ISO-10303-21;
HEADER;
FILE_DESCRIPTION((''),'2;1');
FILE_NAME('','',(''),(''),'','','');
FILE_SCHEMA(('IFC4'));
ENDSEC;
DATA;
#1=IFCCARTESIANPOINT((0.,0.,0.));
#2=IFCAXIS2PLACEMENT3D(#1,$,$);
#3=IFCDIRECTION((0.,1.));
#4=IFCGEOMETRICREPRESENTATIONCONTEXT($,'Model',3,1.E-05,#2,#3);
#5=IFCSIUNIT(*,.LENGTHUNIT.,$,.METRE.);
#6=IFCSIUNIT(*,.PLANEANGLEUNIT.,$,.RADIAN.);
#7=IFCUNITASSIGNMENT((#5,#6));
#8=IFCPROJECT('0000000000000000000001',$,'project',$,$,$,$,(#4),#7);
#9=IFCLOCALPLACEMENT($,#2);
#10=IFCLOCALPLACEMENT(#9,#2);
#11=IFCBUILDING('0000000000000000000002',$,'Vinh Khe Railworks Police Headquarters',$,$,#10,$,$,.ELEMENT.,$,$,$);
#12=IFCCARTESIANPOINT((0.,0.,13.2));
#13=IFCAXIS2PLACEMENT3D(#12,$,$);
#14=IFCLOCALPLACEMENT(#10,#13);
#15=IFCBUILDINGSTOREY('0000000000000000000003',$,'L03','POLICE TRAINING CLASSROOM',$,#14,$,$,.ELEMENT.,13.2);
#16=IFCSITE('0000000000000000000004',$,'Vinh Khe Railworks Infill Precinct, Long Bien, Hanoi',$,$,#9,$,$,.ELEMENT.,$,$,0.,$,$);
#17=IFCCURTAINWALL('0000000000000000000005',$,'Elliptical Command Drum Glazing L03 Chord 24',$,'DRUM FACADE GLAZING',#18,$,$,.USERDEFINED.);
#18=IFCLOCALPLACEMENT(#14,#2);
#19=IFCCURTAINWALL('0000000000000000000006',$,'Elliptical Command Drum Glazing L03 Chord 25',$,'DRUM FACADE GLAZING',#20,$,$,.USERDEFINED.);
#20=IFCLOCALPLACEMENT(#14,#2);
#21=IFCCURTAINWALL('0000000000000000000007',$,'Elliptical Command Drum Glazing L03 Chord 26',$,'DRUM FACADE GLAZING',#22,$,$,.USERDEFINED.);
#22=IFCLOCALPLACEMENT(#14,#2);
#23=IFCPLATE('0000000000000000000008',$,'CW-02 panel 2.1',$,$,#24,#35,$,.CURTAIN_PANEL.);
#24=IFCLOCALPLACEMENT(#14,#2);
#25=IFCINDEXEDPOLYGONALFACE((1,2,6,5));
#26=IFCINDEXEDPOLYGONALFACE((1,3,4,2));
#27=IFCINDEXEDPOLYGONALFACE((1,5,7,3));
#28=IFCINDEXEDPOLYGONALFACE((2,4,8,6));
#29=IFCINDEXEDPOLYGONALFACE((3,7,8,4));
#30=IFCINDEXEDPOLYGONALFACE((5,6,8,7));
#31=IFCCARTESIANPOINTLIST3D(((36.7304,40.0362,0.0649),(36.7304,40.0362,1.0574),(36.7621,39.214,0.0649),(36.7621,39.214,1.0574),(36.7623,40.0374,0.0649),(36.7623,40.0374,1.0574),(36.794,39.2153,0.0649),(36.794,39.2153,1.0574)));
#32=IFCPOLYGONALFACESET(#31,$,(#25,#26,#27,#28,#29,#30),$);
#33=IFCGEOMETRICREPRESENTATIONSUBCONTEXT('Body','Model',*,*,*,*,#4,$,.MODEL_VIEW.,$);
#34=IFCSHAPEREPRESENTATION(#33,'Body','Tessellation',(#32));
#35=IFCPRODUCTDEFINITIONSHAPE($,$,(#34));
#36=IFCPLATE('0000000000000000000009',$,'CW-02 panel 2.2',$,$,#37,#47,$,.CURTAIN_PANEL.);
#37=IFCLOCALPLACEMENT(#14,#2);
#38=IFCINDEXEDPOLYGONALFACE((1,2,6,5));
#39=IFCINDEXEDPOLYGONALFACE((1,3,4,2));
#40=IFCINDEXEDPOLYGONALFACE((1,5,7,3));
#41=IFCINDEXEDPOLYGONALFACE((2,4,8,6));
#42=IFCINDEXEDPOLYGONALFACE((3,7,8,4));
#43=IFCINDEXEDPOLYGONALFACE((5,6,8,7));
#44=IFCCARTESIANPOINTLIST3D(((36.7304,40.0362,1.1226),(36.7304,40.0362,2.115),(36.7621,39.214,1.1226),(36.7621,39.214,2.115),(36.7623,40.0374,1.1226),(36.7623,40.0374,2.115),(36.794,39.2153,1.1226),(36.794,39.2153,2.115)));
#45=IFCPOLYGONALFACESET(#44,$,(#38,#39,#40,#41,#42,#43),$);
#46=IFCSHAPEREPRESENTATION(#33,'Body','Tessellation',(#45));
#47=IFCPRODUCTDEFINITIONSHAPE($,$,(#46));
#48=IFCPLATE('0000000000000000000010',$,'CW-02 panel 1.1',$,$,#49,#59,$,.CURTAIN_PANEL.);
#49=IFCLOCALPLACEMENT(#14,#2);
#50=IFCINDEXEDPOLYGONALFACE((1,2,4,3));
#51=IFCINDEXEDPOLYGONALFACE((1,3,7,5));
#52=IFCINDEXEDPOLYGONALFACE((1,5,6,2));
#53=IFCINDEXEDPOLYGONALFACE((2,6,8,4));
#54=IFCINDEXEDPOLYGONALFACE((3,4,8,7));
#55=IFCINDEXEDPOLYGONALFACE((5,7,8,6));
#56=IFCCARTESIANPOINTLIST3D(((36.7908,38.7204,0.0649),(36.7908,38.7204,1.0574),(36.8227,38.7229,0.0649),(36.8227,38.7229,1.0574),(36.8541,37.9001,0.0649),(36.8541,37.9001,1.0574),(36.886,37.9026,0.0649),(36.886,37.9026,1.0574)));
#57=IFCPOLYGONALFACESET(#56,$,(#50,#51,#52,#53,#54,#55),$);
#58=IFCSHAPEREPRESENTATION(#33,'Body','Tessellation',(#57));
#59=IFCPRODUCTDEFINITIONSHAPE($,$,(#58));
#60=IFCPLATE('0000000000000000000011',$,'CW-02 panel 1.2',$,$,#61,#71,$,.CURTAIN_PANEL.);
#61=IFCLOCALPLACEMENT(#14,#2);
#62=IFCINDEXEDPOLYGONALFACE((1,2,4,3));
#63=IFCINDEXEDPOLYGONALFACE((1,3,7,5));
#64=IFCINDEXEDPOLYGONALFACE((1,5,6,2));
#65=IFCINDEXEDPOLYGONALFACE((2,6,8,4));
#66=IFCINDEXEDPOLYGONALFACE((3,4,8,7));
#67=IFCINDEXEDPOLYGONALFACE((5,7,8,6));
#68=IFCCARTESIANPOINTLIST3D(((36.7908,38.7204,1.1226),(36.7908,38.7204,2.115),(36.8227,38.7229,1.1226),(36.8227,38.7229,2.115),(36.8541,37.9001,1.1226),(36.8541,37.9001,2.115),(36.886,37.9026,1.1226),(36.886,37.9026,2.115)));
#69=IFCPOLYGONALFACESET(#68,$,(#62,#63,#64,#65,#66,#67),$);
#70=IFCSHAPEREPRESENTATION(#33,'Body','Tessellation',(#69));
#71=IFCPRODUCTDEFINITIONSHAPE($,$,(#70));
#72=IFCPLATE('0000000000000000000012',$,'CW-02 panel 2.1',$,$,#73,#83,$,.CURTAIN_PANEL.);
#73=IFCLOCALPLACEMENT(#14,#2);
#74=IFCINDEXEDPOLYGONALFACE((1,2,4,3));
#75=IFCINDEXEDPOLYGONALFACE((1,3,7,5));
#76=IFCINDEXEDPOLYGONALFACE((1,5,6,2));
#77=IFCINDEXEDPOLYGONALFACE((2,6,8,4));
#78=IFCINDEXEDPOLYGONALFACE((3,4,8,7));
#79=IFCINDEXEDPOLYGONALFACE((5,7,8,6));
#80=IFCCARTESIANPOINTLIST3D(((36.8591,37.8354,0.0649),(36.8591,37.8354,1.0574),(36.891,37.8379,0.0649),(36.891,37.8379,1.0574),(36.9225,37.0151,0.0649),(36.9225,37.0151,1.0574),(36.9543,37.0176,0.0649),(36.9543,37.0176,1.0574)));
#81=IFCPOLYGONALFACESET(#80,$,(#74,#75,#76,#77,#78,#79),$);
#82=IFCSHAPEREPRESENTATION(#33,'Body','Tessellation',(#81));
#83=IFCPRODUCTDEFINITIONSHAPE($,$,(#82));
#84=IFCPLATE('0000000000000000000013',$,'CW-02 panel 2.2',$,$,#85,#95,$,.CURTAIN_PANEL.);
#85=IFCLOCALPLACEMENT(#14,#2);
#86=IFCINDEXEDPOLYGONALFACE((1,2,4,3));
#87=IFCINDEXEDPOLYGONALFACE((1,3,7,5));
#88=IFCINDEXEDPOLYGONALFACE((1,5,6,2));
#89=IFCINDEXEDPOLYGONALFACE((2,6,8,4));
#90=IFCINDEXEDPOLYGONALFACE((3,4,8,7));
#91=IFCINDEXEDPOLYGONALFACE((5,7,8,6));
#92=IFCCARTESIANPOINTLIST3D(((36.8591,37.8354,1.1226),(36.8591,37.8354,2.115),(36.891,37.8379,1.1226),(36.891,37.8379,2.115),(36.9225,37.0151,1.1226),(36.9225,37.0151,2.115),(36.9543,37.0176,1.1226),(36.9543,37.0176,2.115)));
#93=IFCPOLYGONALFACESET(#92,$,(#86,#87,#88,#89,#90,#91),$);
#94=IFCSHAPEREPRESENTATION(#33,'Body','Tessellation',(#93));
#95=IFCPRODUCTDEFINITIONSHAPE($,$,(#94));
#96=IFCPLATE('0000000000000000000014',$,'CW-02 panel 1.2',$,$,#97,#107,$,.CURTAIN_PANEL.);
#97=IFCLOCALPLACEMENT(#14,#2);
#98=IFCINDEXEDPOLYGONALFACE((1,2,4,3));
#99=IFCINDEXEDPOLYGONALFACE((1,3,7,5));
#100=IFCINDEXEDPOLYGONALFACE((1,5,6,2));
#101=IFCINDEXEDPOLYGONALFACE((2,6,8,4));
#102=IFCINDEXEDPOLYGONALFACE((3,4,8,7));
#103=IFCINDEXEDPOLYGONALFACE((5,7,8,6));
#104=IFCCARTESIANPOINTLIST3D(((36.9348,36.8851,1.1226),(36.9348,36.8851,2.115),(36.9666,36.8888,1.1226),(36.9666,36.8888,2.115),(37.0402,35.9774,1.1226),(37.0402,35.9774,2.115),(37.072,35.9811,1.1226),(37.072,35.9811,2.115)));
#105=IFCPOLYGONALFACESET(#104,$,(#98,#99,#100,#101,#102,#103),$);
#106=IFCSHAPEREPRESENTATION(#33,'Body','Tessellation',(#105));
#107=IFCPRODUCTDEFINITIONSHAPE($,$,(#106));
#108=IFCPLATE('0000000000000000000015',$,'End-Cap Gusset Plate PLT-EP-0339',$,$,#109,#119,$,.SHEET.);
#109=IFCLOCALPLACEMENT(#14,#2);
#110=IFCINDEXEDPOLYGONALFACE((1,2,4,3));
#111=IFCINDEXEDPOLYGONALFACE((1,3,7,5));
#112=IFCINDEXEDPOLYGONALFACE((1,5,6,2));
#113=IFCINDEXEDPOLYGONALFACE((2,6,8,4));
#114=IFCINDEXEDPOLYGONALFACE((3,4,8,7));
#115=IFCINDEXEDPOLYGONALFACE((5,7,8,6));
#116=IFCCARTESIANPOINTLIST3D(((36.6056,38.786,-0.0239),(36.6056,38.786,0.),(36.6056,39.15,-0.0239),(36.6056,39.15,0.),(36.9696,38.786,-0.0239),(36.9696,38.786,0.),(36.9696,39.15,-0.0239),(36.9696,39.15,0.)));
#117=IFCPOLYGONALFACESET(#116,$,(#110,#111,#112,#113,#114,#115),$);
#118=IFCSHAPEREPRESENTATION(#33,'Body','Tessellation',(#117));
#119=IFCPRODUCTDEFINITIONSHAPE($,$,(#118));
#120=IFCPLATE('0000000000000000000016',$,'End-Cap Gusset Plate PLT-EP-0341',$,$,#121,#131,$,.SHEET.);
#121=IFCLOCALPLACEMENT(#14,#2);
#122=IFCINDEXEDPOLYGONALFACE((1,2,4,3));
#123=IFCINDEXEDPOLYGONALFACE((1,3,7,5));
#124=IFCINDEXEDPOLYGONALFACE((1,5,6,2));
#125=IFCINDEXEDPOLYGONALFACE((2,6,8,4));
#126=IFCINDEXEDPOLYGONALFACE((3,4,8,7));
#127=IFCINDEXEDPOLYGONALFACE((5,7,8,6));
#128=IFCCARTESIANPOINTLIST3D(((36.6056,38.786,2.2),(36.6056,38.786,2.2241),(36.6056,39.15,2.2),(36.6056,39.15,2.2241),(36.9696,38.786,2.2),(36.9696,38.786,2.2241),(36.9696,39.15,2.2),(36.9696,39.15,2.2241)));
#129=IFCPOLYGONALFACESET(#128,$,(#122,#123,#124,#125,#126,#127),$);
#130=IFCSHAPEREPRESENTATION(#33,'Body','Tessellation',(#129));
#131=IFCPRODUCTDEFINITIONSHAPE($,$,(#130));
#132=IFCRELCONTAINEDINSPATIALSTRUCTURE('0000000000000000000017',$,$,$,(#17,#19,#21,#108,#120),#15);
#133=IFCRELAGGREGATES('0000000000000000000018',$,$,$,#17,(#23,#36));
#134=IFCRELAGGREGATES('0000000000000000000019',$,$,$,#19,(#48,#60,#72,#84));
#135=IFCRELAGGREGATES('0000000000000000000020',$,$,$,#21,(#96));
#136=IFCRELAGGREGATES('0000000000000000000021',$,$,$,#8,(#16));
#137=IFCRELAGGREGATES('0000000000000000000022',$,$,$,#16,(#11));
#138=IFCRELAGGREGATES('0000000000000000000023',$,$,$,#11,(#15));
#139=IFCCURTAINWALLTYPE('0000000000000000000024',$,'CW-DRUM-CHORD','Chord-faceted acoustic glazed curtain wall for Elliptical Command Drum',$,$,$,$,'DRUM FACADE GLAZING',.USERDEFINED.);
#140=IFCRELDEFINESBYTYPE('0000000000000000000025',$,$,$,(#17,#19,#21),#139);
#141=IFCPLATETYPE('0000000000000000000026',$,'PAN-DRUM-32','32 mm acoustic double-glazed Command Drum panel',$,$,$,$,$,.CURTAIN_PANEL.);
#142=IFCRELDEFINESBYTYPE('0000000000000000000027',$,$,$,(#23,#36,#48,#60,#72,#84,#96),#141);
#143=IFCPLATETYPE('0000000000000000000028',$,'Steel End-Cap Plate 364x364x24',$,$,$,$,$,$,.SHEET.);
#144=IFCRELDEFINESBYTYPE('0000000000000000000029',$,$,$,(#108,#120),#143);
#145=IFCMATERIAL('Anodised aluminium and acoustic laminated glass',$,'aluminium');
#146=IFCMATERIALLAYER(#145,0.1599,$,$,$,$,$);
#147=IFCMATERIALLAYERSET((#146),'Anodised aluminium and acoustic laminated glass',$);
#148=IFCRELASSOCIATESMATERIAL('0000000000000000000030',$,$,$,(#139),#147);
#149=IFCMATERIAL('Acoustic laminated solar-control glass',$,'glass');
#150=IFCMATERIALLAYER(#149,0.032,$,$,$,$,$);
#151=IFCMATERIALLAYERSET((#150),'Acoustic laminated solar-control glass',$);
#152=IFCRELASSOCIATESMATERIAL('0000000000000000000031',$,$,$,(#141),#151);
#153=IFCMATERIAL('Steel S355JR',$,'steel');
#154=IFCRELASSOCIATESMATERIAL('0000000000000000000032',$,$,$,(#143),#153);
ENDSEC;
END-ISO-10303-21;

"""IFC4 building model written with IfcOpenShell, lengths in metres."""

from ifc_helpers import new_model, si_unit, direction, frame, origin, origin_2d, place, context, subcontext, project, spatial, rectangle, extrude, material, layer, layer_set, material_profile, profile_set, type_object, element, aggregate, save


model = new_model("IFC4")

# Units and contexts
model_context = context("Model", 3, precision=1e-05, world=origin(), true_north=direction((0.0, 1.0)))
body_context = subcontext(model_context, "Body", "Model", "MODEL_VIEW")
ifc_project = project(units=[si_unit("LENGTHUNIT", "METRE"), si_unit("PLANEANGLEUNIT", "RADIAN")], contexts=[model_context])

# Site, building, storey
site_placement = place(None, origin())
site = spatial("IfcSite", under=ifc_project, at=site_placement, Name="Vinh Khe Railworks Infill Precinct, Long Bien, Hanoi", CompositionType="ELEMENT", RefElevation=0.0)
building_placement = place(site_placement, origin())
building = spatial("IfcBuilding", under=site, at=building_placement, Name="Vinh Khe Railworks Police Headquarters", CompositionType="ELEMENT")
storey_placement = place(building_placement, frame((0.0, 0.0, 13.2)))
storey = spatial("IfcBuildingStorey", under=building, at=storey_placement, Name="L03", Description="POLICE TRAINING CLASSROOM", CompositionType="ELEMENT", Elevation=13.2)

# Shared definitions
ifc_material_1 = material(Name="Steel S355JR", Category="steel")

# Curtain walls
ifc_material_2 = material(Name="Anodised aluminium and acoustic laminated glass", Category="aluminium")
ifc_layer_1 = layer(ifc_material_2, 0.1599)
ifc_layer_set_1 = layer_set([ifc_layer_1], Name="Anodised aluminium and acoustic laminated glass")
curtain_wall_type = type_object("IfcCurtainWallType", Name="CW-DRUM-CHORD", Description="Chord-faceted acoustic glazed curtain wall for Elliptical Command Drum", ElementType="DRUM FACADE GLAZING", PredefinedType="USERDEFINED", material=ifc_layer_set_1)
curtain_wall_1_placement = place(storey_placement, origin())
curtain_wall_1 = element("IfcCurtainWall", 1, at=curtain_wall_1_placement, inside=storey, type_object=curtain_wall_type, Name="Elliptical Command Drum Glazing L03 Chord 24", ObjectType="DRUM FACADE GLAZING", PredefinedType="USERDEFINED")
curtain_wall_2_placement = place(storey_placement, origin())
curtain_wall_2 = element("IfcCurtainWall", 2, at=curtain_wall_2_placement, inside=storey, type_object=curtain_wall_type, Name="Elliptical Command Drum Glazing L03 Chord 25", ObjectType="DRUM FACADE GLAZING", PredefinedType="USERDEFINED")

# Curtain wall
curtain_wall_3_placement = place(storey_placement, origin())
curtain_wall_3 = element("IfcCurtainWall", 3, at=curtain_wall_3_placement, inside=storey, type_object=curtain_wall_type, Name="Elliptical Command Drum Glazing L03 Chord 26", ObjectType="DRUM FACADE GLAZING", PredefinedType="USERDEFINED")

# Plates
ifc_material_3 = material(Name="Acoustic laminated solar-control glass", Category="glass")
ifc_layer_2 = layer(ifc_material_3, 0.032)
ifc_layer_set_2 = layer_set([ifc_layer_2], Name="Acoustic laminated solar-control glass")
plate_type_1 = type_object("IfcPlateType", Name="PAN-DRUM-32", Description="32 mm acoustic double-glazed Command Drum panel", PredefinedType="CURTAIN_PANEL", material=ifc_layer_set_2)
plate_1_placement = place(storey_placement, frame((36.7622, 39.6257, 0.0649), z_axis=(0.0, 0.0, 1.0), x_axis=(0.038513, -0.999258, 0.0)))
plate_1 = element("IfcPlate", 4, at=plate_1_placement, type_object=plate_type_1, Name="CW-02 panel 2.1", PredefinedType="CURTAIN_PANEL", context=body_context, shape_type="SweptSolid", body=[
    extrude(rectangle(XDim=0.8228, YDim=0.032, at=origin_2d()), origin(), (0.0, 0.0, 1.0), 0.9924),
])
plate_2_placement = place(storey_placement, frame((36.7622, 39.6257, 1.1226), z_axis=(0.0, 0.0, 1.0), x_axis=(0.038513, -0.999258, 0.0)))
plate_2 = element("IfcPlate", 5, at=plate_2_placement, type_object=plate_type_1, Name="CW-02 panel 2.2", PredefinedType="CURTAIN_PANEL", context=body_context, shape_type="SweptSolid", body=[
    extrude(rectangle(XDim=0.8228, YDim=0.032, at=origin_2d()), origin(), (0.0, 0.0, 1.0), 0.9924),
])
aggregate(curtain_wall_1, [plate_1, plate_2])
plate_3_placement = place(storey_placement, frame((36.8384, 38.3115, 0.0649), z_axis=(0.0, 0.0, 1.0), x_axis=(0.076969, -0.997033, 0.0)))
plate_3 = element("IfcPlate", 6, at=plate_3_placement, type_object=plate_type_1, Name="CW-02 panel 1.1", PredefinedType="CURTAIN_PANEL", context=body_context, shape_type="SweptSolid", body=[
    extrude(rectangle(XDim=0.8228, YDim=0.032, at=origin_2d()), origin(), (0.0, 0.0, 1.0), 0.9924),
])
plate_4_placement = place(storey_placement, frame((36.8384, 38.3115, 1.1226), z_axis=(0.0, 0.0, 1.0), x_axis=(0.076969, -0.997033, 0.0)))
plate_4 = element("IfcPlate", 7, at=plate_4_placement, type_object=plate_type_1, Name="CW-02 panel 1.2", PredefinedType="CURTAIN_PANEL", context=body_context, shape_type="SweptSolid", body=[
    extrude(rectangle(XDim=0.8228, YDim=0.032, at=origin_2d()), origin(), (0.0, 0.0, 1.0), 0.9924),
])
plate_5_placement = place(storey_placement, frame((36.9067, 37.4265, 0.0649), z_axis=(0.0, 0.0, 1.0), x_axis=(0.076969, -0.997033, 0.0)))
plate_5 = element("IfcPlate", 8, at=plate_5_placement, type_object=plate_type_1, Name="CW-02 panel 2.1", PredefinedType="CURTAIN_PANEL", context=body_context, shape_type="SweptSolid", body=[
    extrude(rectangle(XDim=0.8228, YDim=0.032, at=origin_2d()), origin(), (0.0, 0.0, 1.0), 0.9924),
])
plate_6_placement = place(storey_placement, frame((36.9067, 37.4265, 1.1226), z_axis=(0.0, 0.0, 1.0), x_axis=(0.076969, -0.997033, 0.0)))
plate_6 = element("IfcPlate", 9, at=plate_6_placement, type_object=plate_type_1, Name="CW-02 panel 2.2", PredefinedType="CURTAIN_PANEL", context=body_context, shape_type="SweptSolid", body=[
    extrude(rectangle(XDim=0.8228, YDim=0.032, at=origin_2d()), origin(), (0.0, 0.0, 1.0), 0.9924),
])
aggregate(curtain_wall_2, [plate_3, plate_4, plate_5, plate_6])
plate_7_placement = place(storey_placement, frame((37.0034, 36.4331, 1.1226), z_axis=(0.0, 0.0, 1.0), x_axis=(0.115318, -0.993329, 0.0)))
plate_7 = element("IfcPlate", 10, at=plate_7_placement, type_object=plate_type_1, Name="CW-02 panel 1.2", PredefinedType="CURTAIN_PANEL", context=body_context, shape_type="SweptSolid", body=[
    extrude(rectangle(XDim=0.9138, YDim=0.032, at=origin_2d()), origin(), (0.0, 0.0, 1.0), 0.9924),
])
aggregate(curtain_wall_3, [plate_7])

# Plates
ifc_material_profile_1 = material_profile(ifc_material_1, rectangle(XDim=0.364, YDim=0.364, at=origin_2d()), Name="PL 364x364")
ifc_profile_set_1 = profile_set([ifc_material_profile_1], Name="Steel S355JR")
plate_type_2 = type_object("IfcPlateType", Name="Steel End-Cap Plate 364x364x24", PredefinedType="SHEET", material=ifc_profile_set_1)
plate_8_placement = place(storey_placement, frame((36.7876, 38.968, 0.0), z_axis=(0.0, 0.0, -1.0), x_axis=(1.0, 0.0, 0.0)))
element("IfcPlate", 11, at=plate_8_placement, inside=storey, type_object=plate_type_2, Name="End-Cap Gusset Plate PLT-EP-0339", PredefinedType="SHEET", context=body_context, shape_type="SweptSolid", body=[
    extrude(rectangle(XDim=0.364, YDim=0.364, at=origin_2d()), origin(), (0.0, 0.0, 1.0), 0.0239),
])
plate_9_placement = place(storey_placement, frame((36.7876, 38.968, 2.2), z_axis=(0.0, 0.0, 1.0), x_axis=(1.0, 0.0, 0.0)))
element("IfcPlate", 12, at=plate_9_placement, inside=storey, type_object=plate_type_2, Name="End-Cap Gusset Plate PLT-EP-0341", PredefinedType="SHEET", context=body_context, shape_type="SweptSolid", body=[
    extrude(rectangle(XDim=0.364, YDim=0.364, at=origin_2d()), origin(), (0.0, 0.0, 1.0), 0.0242),
])

save(model, "model.ifc")
